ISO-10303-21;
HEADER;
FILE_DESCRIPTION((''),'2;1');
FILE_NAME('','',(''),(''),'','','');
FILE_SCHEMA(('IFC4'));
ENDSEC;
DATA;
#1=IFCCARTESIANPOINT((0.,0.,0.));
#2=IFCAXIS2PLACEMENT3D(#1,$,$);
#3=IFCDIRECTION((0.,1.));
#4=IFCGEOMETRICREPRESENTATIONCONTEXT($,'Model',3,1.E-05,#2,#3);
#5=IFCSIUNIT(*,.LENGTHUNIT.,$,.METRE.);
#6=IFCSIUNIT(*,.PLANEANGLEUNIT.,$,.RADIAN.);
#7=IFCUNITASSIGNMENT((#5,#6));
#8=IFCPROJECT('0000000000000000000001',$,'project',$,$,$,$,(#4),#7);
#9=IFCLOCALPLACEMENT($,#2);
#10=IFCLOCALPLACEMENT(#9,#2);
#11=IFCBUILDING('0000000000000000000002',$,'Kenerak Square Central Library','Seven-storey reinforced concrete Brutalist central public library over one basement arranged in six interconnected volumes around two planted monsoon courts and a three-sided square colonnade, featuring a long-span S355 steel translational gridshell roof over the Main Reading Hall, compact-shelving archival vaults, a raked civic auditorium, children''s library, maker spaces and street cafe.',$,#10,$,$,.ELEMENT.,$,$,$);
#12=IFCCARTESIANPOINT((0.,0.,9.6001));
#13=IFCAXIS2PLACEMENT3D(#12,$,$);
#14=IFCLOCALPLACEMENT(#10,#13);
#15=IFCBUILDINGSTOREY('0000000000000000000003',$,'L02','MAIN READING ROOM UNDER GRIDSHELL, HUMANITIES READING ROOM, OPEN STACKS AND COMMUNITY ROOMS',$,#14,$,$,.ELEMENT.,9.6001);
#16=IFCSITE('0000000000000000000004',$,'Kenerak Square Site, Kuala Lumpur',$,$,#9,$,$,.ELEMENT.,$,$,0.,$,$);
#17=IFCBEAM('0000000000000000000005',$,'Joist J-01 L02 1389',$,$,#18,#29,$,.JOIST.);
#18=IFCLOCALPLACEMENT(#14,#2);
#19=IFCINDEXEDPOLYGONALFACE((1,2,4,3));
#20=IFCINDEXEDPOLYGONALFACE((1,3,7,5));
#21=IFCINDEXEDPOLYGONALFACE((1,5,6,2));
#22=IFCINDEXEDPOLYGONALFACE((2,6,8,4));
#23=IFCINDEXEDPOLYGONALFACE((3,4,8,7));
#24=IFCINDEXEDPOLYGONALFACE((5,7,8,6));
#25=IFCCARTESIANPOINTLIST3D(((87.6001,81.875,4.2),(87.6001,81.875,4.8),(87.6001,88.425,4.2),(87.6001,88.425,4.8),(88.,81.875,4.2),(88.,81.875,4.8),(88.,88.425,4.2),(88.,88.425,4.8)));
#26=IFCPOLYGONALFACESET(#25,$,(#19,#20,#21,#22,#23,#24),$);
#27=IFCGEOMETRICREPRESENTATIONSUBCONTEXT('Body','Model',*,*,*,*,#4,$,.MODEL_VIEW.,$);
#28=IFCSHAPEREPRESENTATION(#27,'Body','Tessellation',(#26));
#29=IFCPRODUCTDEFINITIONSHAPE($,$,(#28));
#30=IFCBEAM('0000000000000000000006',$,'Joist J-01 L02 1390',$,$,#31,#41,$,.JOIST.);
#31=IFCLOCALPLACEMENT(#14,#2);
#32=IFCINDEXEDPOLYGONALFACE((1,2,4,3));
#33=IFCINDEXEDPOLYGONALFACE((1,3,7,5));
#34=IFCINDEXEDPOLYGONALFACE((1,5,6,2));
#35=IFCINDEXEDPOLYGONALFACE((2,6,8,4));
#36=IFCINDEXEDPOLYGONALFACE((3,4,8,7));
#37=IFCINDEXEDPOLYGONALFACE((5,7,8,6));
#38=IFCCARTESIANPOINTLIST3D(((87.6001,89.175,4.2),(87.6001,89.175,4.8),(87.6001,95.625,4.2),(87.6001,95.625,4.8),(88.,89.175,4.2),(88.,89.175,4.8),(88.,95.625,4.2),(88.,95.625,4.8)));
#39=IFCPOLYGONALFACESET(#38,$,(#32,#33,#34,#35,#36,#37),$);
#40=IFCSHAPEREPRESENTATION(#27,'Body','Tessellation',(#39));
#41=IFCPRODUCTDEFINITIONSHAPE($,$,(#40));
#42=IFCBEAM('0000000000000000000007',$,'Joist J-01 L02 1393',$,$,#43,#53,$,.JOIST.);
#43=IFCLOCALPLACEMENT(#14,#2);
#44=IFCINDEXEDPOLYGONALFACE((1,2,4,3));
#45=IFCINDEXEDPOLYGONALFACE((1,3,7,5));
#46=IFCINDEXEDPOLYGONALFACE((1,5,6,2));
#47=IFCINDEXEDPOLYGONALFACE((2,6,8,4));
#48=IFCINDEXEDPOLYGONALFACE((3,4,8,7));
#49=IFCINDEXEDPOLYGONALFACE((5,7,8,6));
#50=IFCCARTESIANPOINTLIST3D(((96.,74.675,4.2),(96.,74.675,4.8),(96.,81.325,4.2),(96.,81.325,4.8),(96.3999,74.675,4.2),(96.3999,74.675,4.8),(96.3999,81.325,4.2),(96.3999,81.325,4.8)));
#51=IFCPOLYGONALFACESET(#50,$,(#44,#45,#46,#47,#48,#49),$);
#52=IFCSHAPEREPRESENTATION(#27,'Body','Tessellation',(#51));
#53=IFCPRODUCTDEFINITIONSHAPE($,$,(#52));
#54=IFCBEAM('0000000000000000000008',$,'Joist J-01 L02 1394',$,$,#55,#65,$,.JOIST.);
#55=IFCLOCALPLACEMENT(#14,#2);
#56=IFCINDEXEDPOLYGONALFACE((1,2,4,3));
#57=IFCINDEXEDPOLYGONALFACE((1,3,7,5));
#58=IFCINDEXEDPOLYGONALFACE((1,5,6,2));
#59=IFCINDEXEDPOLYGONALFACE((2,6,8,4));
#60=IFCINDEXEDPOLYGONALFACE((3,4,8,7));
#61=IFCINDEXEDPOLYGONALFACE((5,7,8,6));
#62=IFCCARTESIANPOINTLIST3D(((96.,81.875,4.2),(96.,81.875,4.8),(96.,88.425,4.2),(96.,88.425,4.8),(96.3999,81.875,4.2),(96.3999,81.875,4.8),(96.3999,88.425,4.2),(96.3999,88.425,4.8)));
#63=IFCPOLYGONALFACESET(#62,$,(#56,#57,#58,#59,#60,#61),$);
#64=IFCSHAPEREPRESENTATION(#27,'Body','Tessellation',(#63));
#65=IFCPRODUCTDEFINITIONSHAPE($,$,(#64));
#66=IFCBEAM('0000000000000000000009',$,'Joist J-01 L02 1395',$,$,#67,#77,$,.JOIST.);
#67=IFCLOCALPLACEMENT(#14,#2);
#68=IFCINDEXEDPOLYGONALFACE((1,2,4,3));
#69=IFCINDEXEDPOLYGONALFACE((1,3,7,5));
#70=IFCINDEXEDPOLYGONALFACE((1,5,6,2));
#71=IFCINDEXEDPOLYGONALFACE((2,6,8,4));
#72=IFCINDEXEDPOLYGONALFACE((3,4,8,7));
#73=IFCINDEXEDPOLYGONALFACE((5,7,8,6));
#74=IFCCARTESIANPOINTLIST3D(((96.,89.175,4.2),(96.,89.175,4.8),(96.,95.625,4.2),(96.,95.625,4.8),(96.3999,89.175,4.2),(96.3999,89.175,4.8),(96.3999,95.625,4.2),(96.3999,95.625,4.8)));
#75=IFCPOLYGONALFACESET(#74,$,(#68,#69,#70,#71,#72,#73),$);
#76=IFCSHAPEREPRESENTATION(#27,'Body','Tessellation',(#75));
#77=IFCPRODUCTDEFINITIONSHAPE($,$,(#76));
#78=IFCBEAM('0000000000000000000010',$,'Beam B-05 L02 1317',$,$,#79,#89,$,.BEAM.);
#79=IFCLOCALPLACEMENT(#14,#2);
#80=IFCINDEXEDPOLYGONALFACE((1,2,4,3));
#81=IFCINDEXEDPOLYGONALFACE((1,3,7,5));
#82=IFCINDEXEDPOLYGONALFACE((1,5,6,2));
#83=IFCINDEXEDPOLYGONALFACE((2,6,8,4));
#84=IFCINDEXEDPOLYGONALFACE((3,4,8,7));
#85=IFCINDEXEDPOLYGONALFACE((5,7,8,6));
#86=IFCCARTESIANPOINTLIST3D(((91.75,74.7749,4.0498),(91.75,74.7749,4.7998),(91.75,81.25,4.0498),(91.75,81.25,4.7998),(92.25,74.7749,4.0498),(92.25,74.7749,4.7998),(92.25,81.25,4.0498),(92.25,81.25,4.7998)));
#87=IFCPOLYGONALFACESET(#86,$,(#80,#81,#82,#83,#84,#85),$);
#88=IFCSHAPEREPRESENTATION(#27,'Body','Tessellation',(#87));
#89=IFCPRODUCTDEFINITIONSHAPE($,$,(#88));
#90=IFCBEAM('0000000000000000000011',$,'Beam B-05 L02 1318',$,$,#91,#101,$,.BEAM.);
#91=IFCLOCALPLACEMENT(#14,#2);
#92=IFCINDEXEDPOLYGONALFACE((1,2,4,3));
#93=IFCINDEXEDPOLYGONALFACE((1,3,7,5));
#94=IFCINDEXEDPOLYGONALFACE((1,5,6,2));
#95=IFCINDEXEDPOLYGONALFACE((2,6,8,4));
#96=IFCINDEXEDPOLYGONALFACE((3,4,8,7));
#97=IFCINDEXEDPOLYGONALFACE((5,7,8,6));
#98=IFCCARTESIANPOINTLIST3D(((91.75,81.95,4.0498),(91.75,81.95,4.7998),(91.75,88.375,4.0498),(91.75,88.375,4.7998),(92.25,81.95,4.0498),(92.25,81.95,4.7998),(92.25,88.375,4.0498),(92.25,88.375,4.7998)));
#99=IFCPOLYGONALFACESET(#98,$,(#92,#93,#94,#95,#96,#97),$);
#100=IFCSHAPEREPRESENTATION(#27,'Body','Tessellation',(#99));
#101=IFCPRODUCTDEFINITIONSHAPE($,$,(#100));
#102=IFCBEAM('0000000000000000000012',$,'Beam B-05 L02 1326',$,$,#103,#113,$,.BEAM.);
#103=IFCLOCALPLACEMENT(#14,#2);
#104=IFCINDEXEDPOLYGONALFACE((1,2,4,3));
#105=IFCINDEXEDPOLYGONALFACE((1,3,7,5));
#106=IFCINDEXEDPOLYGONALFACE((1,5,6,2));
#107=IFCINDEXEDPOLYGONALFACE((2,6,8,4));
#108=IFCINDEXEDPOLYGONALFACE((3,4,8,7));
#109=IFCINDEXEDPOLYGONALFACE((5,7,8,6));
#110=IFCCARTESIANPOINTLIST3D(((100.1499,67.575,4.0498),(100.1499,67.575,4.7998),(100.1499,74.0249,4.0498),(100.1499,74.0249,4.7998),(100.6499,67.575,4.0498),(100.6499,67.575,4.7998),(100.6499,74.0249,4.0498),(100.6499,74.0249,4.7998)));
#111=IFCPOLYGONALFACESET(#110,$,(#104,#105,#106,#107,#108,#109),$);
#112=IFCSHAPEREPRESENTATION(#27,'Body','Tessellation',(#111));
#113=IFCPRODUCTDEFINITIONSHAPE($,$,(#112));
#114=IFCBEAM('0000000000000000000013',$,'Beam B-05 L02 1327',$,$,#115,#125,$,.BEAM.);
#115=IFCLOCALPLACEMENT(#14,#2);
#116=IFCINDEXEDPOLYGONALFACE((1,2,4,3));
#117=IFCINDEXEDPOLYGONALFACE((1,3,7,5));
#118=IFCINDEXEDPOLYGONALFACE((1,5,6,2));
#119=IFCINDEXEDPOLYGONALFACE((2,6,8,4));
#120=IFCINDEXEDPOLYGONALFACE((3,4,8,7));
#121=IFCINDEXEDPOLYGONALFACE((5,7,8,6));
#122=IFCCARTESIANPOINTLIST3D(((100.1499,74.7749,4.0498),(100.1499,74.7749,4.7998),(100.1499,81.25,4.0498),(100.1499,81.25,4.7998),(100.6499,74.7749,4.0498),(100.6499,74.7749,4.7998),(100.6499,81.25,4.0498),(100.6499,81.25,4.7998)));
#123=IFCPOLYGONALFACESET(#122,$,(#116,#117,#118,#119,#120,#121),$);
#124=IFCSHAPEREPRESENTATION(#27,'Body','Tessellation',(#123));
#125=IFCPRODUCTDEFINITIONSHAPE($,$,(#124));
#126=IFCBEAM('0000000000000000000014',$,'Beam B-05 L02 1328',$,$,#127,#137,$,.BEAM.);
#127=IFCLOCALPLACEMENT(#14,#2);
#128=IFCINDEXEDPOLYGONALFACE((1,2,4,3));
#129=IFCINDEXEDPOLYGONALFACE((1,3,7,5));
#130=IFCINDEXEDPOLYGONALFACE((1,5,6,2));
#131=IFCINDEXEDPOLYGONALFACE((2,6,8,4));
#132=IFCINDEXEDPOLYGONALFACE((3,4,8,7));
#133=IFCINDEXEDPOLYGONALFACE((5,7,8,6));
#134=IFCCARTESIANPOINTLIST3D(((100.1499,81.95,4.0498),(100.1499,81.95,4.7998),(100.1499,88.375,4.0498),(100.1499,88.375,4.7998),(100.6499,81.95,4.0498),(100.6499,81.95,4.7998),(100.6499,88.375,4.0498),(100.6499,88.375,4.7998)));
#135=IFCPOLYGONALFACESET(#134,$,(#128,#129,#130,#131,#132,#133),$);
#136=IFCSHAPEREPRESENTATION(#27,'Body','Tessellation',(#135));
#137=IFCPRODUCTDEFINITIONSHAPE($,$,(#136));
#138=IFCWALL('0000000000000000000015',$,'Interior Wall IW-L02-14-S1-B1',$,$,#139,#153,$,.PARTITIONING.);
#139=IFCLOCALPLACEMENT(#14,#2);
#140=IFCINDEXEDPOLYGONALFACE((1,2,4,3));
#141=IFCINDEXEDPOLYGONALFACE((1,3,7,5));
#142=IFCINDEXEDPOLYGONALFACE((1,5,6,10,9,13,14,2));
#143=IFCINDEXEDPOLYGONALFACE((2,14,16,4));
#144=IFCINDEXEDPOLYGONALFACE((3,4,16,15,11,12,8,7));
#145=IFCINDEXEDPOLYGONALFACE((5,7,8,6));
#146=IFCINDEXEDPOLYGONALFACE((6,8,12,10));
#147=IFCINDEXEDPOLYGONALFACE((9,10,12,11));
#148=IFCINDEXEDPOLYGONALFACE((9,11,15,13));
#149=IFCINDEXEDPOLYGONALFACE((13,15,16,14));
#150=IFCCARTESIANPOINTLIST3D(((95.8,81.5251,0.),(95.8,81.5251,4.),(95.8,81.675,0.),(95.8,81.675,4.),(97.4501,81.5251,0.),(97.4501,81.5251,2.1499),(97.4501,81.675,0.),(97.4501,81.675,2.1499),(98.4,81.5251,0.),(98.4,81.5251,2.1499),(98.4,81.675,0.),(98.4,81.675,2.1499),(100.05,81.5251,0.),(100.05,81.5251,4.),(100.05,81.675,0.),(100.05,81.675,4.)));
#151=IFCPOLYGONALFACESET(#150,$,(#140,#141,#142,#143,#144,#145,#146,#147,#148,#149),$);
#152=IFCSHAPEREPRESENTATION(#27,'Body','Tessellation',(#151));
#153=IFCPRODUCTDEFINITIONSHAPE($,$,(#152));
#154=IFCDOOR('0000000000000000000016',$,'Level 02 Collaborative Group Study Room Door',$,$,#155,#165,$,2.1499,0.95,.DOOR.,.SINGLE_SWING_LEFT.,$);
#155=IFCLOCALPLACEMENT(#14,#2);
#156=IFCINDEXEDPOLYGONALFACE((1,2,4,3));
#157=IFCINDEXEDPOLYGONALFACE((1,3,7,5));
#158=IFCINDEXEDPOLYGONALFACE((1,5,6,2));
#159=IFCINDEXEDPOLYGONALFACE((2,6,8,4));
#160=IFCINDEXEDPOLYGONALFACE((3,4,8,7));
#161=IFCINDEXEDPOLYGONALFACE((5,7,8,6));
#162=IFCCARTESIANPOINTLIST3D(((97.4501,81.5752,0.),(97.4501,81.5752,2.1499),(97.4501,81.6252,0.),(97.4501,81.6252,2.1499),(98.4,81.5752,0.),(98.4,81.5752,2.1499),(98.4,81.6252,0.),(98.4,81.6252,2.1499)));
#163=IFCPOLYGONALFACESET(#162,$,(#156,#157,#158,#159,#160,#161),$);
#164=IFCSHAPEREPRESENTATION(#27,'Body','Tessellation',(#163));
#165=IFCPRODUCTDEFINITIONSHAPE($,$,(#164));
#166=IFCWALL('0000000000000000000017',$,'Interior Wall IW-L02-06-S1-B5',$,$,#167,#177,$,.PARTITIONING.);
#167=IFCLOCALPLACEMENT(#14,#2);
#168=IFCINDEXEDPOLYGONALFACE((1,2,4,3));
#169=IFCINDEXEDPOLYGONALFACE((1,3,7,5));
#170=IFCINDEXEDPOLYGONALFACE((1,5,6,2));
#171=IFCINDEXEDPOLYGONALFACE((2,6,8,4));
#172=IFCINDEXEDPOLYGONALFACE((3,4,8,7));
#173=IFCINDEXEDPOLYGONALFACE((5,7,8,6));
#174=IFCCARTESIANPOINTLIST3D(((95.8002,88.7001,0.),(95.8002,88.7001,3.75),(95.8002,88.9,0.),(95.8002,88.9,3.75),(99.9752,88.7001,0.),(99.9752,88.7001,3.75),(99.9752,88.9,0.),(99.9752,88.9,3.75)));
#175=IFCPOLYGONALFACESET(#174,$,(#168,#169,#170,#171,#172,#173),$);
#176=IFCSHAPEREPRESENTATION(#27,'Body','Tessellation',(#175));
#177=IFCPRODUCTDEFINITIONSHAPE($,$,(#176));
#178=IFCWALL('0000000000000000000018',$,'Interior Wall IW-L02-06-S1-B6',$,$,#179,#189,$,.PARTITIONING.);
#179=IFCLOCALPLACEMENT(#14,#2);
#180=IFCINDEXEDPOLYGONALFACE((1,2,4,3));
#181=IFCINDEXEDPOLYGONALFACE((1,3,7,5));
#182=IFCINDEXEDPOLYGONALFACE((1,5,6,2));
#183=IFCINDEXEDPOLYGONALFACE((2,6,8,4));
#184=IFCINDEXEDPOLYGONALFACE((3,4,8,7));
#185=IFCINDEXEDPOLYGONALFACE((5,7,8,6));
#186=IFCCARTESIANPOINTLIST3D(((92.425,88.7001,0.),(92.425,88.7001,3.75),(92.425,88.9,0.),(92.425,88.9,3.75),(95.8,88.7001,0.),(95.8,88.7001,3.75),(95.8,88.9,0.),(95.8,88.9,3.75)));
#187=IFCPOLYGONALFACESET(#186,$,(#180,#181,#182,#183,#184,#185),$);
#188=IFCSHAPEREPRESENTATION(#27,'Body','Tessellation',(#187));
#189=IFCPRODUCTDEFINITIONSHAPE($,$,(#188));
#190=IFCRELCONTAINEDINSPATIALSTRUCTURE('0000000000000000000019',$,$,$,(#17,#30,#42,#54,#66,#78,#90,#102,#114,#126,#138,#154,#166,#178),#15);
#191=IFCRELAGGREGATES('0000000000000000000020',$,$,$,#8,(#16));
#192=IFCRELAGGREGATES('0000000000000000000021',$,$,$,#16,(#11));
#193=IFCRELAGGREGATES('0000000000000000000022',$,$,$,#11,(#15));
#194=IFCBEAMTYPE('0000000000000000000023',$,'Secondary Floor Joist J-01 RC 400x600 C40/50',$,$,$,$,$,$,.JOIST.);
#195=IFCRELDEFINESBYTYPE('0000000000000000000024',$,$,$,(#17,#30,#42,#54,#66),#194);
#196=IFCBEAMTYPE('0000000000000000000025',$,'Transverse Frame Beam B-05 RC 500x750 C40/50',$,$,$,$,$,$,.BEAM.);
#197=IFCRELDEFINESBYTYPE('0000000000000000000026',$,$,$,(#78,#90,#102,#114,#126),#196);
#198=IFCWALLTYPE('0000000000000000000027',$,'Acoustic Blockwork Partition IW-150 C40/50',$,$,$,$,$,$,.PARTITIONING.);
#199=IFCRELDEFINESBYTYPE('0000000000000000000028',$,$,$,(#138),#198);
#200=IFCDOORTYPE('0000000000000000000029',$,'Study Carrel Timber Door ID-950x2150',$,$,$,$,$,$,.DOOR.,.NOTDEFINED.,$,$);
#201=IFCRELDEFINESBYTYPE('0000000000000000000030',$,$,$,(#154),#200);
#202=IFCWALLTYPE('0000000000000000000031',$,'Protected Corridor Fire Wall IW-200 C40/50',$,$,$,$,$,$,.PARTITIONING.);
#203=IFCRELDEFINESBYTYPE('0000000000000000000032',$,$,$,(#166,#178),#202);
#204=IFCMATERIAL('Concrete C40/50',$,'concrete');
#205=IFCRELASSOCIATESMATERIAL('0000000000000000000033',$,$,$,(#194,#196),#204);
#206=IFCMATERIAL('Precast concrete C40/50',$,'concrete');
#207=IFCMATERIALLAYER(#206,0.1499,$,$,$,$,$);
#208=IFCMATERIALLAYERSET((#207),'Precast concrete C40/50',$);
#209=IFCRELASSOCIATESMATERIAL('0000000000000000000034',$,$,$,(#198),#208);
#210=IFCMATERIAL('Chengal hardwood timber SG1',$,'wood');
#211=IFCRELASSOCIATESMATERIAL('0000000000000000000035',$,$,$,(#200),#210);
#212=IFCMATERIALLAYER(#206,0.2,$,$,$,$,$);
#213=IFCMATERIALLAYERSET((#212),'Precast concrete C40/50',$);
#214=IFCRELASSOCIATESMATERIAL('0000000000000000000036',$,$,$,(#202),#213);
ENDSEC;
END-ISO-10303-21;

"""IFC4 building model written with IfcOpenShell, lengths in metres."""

from ifc_helpers import new_model, si_unit, direction, frame, frame_2d, origin, origin_2d, place, context, subcontext, project, spatial, rectangle, extrude, material, layer, layer_set, material_profile, profile_set, type_object, element, fill, save


model = new_model("IFC4")

# Units and contexts
model_context = context("Model", 3, precision=1e-05, world=origin(), true_north=direction((0.0, 1.0)))
body_context = subcontext(model_context, "Body", "Model", "MODEL_VIEW")
ifc_project = project(units=[si_unit("LENGTHUNIT", "METRE"), si_unit("PLANEANGLEUNIT", "RADIAN")], contexts=[model_context])

# Site, building, storey
site_placement = place(None, origin())
site = spatial("IfcSite", under=ifc_project, at=site_placement, Name="Kenerak Square Site, Kuala Lumpur", CompositionType="ELEMENT", RefElevation=0.0)
building_placement = place(site_placement, origin())
building = spatial("IfcBuilding", under=site, at=building_placement, Name="Kenerak Square Central Library", Description="Seven-storey reinforced concrete Brutalist central public library over one basement arranged in six interconnected volumes around two planted monsoon courts and a three-sided square colonnade, featuring a long-span S355 steel translational gridshell roof over the Main Reading Hall, compact-shelving archival vaults, a raked civic auditorium, children's library, maker spaces and street cafe.", CompositionType="ELEMENT")
storey_placement = place(building_placement, frame((0.0, 0.0, 9.6001)))
storey = spatial("IfcBuildingStorey", under=building, at=storey_placement, Name="L02", Description="MAIN READING ROOM UNDER GRIDSHELL, HUMANITIES READING ROOM, OPEN STACKS AND COMMUNITY ROOMS", CompositionType="ELEMENT", Elevation=9.6001)

# Shared definitions
ifc_material_1 = material(Name="Concrete C40/50", Category="concrete")

# Beams
ifc_material_profile_1 = material_profile(ifc_material_1, rectangle(XDim=0.3999, YDim=0.6001, at=origin_2d()), Name="RC 400x600")
ifc_profile_set_1 = profile_set([ifc_material_profile_1], Name="Concrete C40/50")
beam_type_1 = type_object("IfcBeamType", Name="Secondary Floor Joist J-01 RC 400x600 C40/50", PredefinedType="JOIST", material=ifc_profile_set_1)
beam_1_placement = place(storey_placement, frame((87.8, 81.875, 4.5), z_axis=(0.0, 1.0, 0.0), x_axis=(-1.0, 0.0, 0.0)))
element("IfcBeam", 1, at=beam_1_placement, inside=storey, type_object=beam_type_1, Name="Joist J-01 L02 1389", PredefinedType="JOIST", context=body_context, shape_type="SweptSolid", body=[
    extrude(rectangle(XDim=0.3999, YDim=0.6001, at=origin_2d()), origin(), (0.0, 0.0, 1.0), 6.55),
])
beam_2_placement = place(storey_placement, frame((87.8, 89.175, 4.5), z_axis=(0.0, 1.0, 0.0), x_axis=(-1.0, 0.0, 0.0)))
element("IfcBeam", 2, at=beam_2_placement, inside=storey, type_object=beam_type_1, Name="Joist J-01 L02 1390", PredefinedType="JOIST", context=body_context, shape_type="SweptSolid", body=[
    extrude(rectangle(XDim=0.3999, YDim=0.6001, at=origin_2d()), origin(), (0.0, 0.0, 1.0), 6.45),
])
beam_3_placement = place(storey_placement, frame((96.2, 74.675, 4.5), z_axis=(0.0, 1.0, 0.0), x_axis=(-1.0, 0.0, 0.0)))
element("IfcBeam", 3, at=beam_3_placement, inside=storey, type_object=beam_type_1, Name="Joist J-01 L02 1393", PredefinedType="JOIST", context=body_context, shape_type="SweptSolid", body=[
    extrude(rectangle(XDim=0.3999, YDim=0.6001, at=origin_2d()), origin(), (0.0, 0.0, 1.0), 6.6499),
])
beam_4_placement = place(storey_placement, frame((96.2, 81.875, 4.5), z_axis=(0.0, 1.0, 0.0), x_axis=(-1.0, 0.0, 0.0)))
element("IfcBeam", 4, at=beam_4_placement, inside=storey, type_object=beam_type_1, Name="Joist J-01 L02 1394", PredefinedType="JOIST", context=body_context, shape_type="SweptSolid", body=[
    extrude(rectangle(XDim=0.3999, YDim=0.6001, at=origin_2d()), origin(), (0.0, 0.0, 1.0), 6.55),
])
beam_5_placement = place(storey_placement, frame((96.2, 89.175, 4.5), z_axis=(0.0, 1.0, 0.0), x_axis=(-1.0, 0.0, 0.0)))
element("IfcBeam", 5, at=beam_5_placement, inside=storey, type_object=beam_type_1, Name="Joist J-01 L02 1395", PredefinedType="JOIST", context=body_context, shape_type="SweptSolid", body=[
    extrude(rectangle(XDim=0.3999, YDim=0.6001, at=origin_2d()), origin(), (0.0, 0.0, 1.0), 6.45),
])
ifc_material_profile_2 = material_profile(ifc_material_1, rectangle(XDim=0.5, YDim=0.75, at=origin_2d()), Name="RC 500x750")
ifc_profile_set_2 = profile_set([ifc_material_profile_2], Name="Concrete C40/50")
beam_type_2 = type_object("IfcBeamType", Name="Transverse Frame Beam B-05 RC 500x750 C40/50", PredefinedType="BEAM", material=ifc_profile_set_2)
beam_6_placement = place(storey_placement, frame((92.0, 74.7749, 4.4248), z_axis=(0.0, 1.0, 0.0), x_axis=(-1.0, 0.0, 0.0)))
element("IfcBeam", 6, at=beam_6_placement, inside=storey, type_object=beam_type_2, Name="Beam B-05 L02 1317", PredefinedType="BEAM", context=body_context, shape_type="SweptSolid", body=[
    extrude(rectangle(XDim=0.5, YDim=0.75, at=origin_2d()), origin(), (0.0, 0.0, 1.0), 6.4751),
])
beam_7_placement = place(storey_placement, frame((92.0, 81.95, 4.4248), z_axis=(0.0, 1.0, 0.0), x_axis=(-1.0, 0.0, 0.0)))
element("IfcBeam", 7, at=beam_7_placement, inside=storey, type_object=beam_type_2, Name="Beam B-05 L02 1318", PredefinedType="BEAM", context=body_context, shape_type="SweptSolid", body=[
    extrude(rectangle(XDim=0.5, YDim=0.75, at=origin_2d()), origin(), (0.0, 0.0, 1.0), 6.425),
])
beam_8_placement = place(storey_placement, frame((100.3999, 67.575, 4.4248), z_axis=(0.0, 1.0, 0.0), x_axis=(-1.0, 0.0, 0.0)))
element("IfcBeam", 8, at=beam_8_placement, inside=storey, type_object=beam_type_2, Name="Beam B-05 L02 1326", PredefinedType="BEAM", context=body_context, shape_type="SweptSolid", body=[
    extrude(rectangle(XDim=0.5, YDim=0.75, at=origin_2d()), origin(), (0.0, 0.0, 1.0), 6.45),
])
beam_9_placement = place(storey_placement, frame((100.3999, 74.7749, 4.4248), z_axis=(0.0, 1.0, 0.0), x_axis=(-1.0, 0.0, 0.0)))
element("IfcBeam", 9, at=beam_9_placement, inside=storey, type_object=beam_type_2, Name="Beam B-05 L02 1327", PredefinedType="BEAM", context=body_context, shape_type="SweptSolid", body=[
    extrude(rectangle(XDim=0.5, YDim=0.75, at=origin_2d()), origin(), (0.0, 0.0, 1.0), 6.4751),
])
beam_10_placement = place(storey_placement, frame((100.3999, 81.95, 4.4248), z_axis=(0.0, 1.0, 0.0), x_axis=(-1.0, 0.0, 0.0)))
element("IfcBeam", 10, at=beam_10_placement, inside=storey, type_object=beam_type_2, Name="Beam B-05 L02 1328", PredefinedType="BEAM", context=body_context, shape_type="SweptSolid", body=[
    extrude(rectangle(XDim=0.5, YDim=0.75, at=origin_2d()), origin(), (0.0, 0.0, 1.0), 6.425),
])

# Wall, opening, door
ifc_material_2 = material(Name="Precast concrete C40/50", Category="concrete")
ifc_layer_1 = layer(ifc_material_2, 0.1499)
ifc_layer_set_1 = layer_set([ifc_layer_1], Name="Precast concrete C40/50")
wall_type_1 = type_object("IfcWallType", Name="Acoustic Blockwork Partition IW-150 C40/50", PredefinedType="PARTITIONING", material=ifc_layer_set_1)
wall_1_placement = place(storey_placement, frame((100.05, 81.6001, 0.0), z_axis=(0.0, 0.0, 1.0), x_axis=(-1.0, 0.0, 0.0)))
wall_1 = element("IfcWall", 11, at=wall_1_placement, inside=storey, type_object=wall_type_1, Name="Interior Wall IW-L02-14-S1-B1", PredefinedType="PARTITIONING", context=body_context, shape_type="SweptSolid", body=[
    extrude(rectangle(XDim=4.25, YDim=0.1499, at=frame_2d((2.125, 0.0))), origin(), (0.0, 0.0, 1.0), 4.0),
])
opening_1_placement = place(wall_1_placement, frame((1.6499, 0.0, 0.0)))
opening_1 = element("IfcOpeningElement", 12, at=opening_1_placement, cuts=wall_1, PredefinedType="OPENING", context=body_context, shape_type="SweptSolid", body=[
    extrude(rectangle(XDim=0.95, YDim=2.1499, at=frame_2d((0.4751, 1.075))), frame((0.0, 0.085, 0.0), z_axis=(0.0, -1.0, 0.0), x_axis=(1.0, 0.0, 0.0)), (0.0, 0.0, 1.0), 0.1699),
])
ifc_material_3 = material(Name="Chengal hardwood timber SG1", Category="wood")
door_type_1 = type_object("IfcDoorType", Name="Study Carrel Timber Door ID-950x2150", OperationType="NOTDEFINED", PredefinedType="DOOR", material=ifc_material_3)
door_1_placement = place(opening_1_placement, origin())
door_1 = element("IfcDoor", 13, at=door_1_placement, inside=storey, type_object=door_type_1, Name="Level 02 Collaborative Group Study Room Door", OperationType="SINGLE_SWING_LEFT", OverallHeight=2.1499, OverallWidth=0.95, PredefinedType="DOOR", context=body_context, shape_type="SweptSolid", body=[
    extrude(rectangle(XDim=0.95, YDim=2.1499, at=frame_2d((0.4751, 1.075))), frame((0.0, 0.0249, 0.0), z_axis=(0.0, -1.0, 0.0), x_axis=(1.0, 0.0, 0.0)), (0.0, 0.0, 1.0), 0.05),
])
fill(opening_1, door_1)

# Walls
ifc_layer_2 = layer(ifc_material_2, 0.2)
ifc_layer_set_2 = layer_set([ifc_layer_2], Name="Precast concrete C40/50")
wall_type_2 = type_object("IfcWallType", Name="Protected Corridor Fire Wall IW-200 C40/50", PredefinedType="PARTITIONING", material=ifc_layer_set_2)
wall_2_placement = place(storey_placement, frame((99.9751, 88.8, 0.0), z_axis=(0.0, 0.0, 1.0), x_axis=(-1.0, 0.0, 0.0)))
element("IfcWall", 14, at=wall_2_placement, inside=storey, type_object=wall_type_2, Name="Interior Wall IW-L02-06-S1-B5", PredefinedType="PARTITIONING", context=body_context, shape_type="SweptSolid", body=[
    extrude(rectangle(XDim=4.175, YDim=0.2, at=frame_2d((2.0874, 0.0))), origin(), (0.0, 0.0, 1.0), 3.75),
])
wall_3_placement = place(storey_placement, frame((95.8, 88.8, 0.0), z_axis=(0.0, 0.0, 1.0), x_axis=(-1.0, 0.0, 0.0)))
element("IfcWall", 15, at=wall_3_placement, inside=storey, type_object=wall_type_2, Name="Interior Wall IW-L02-06-S1-B6", PredefinedType="PARTITIONING", context=body_context, shape_type="SweptSolid", body=[
    extrude(rectangle(XDim=3.375, YDim=0.2, at=frame_2d((1.6875, 0.0))), origin(), (0.0, 0.0, 1.0), 3.75),
])

save(model, "model.ifc")
